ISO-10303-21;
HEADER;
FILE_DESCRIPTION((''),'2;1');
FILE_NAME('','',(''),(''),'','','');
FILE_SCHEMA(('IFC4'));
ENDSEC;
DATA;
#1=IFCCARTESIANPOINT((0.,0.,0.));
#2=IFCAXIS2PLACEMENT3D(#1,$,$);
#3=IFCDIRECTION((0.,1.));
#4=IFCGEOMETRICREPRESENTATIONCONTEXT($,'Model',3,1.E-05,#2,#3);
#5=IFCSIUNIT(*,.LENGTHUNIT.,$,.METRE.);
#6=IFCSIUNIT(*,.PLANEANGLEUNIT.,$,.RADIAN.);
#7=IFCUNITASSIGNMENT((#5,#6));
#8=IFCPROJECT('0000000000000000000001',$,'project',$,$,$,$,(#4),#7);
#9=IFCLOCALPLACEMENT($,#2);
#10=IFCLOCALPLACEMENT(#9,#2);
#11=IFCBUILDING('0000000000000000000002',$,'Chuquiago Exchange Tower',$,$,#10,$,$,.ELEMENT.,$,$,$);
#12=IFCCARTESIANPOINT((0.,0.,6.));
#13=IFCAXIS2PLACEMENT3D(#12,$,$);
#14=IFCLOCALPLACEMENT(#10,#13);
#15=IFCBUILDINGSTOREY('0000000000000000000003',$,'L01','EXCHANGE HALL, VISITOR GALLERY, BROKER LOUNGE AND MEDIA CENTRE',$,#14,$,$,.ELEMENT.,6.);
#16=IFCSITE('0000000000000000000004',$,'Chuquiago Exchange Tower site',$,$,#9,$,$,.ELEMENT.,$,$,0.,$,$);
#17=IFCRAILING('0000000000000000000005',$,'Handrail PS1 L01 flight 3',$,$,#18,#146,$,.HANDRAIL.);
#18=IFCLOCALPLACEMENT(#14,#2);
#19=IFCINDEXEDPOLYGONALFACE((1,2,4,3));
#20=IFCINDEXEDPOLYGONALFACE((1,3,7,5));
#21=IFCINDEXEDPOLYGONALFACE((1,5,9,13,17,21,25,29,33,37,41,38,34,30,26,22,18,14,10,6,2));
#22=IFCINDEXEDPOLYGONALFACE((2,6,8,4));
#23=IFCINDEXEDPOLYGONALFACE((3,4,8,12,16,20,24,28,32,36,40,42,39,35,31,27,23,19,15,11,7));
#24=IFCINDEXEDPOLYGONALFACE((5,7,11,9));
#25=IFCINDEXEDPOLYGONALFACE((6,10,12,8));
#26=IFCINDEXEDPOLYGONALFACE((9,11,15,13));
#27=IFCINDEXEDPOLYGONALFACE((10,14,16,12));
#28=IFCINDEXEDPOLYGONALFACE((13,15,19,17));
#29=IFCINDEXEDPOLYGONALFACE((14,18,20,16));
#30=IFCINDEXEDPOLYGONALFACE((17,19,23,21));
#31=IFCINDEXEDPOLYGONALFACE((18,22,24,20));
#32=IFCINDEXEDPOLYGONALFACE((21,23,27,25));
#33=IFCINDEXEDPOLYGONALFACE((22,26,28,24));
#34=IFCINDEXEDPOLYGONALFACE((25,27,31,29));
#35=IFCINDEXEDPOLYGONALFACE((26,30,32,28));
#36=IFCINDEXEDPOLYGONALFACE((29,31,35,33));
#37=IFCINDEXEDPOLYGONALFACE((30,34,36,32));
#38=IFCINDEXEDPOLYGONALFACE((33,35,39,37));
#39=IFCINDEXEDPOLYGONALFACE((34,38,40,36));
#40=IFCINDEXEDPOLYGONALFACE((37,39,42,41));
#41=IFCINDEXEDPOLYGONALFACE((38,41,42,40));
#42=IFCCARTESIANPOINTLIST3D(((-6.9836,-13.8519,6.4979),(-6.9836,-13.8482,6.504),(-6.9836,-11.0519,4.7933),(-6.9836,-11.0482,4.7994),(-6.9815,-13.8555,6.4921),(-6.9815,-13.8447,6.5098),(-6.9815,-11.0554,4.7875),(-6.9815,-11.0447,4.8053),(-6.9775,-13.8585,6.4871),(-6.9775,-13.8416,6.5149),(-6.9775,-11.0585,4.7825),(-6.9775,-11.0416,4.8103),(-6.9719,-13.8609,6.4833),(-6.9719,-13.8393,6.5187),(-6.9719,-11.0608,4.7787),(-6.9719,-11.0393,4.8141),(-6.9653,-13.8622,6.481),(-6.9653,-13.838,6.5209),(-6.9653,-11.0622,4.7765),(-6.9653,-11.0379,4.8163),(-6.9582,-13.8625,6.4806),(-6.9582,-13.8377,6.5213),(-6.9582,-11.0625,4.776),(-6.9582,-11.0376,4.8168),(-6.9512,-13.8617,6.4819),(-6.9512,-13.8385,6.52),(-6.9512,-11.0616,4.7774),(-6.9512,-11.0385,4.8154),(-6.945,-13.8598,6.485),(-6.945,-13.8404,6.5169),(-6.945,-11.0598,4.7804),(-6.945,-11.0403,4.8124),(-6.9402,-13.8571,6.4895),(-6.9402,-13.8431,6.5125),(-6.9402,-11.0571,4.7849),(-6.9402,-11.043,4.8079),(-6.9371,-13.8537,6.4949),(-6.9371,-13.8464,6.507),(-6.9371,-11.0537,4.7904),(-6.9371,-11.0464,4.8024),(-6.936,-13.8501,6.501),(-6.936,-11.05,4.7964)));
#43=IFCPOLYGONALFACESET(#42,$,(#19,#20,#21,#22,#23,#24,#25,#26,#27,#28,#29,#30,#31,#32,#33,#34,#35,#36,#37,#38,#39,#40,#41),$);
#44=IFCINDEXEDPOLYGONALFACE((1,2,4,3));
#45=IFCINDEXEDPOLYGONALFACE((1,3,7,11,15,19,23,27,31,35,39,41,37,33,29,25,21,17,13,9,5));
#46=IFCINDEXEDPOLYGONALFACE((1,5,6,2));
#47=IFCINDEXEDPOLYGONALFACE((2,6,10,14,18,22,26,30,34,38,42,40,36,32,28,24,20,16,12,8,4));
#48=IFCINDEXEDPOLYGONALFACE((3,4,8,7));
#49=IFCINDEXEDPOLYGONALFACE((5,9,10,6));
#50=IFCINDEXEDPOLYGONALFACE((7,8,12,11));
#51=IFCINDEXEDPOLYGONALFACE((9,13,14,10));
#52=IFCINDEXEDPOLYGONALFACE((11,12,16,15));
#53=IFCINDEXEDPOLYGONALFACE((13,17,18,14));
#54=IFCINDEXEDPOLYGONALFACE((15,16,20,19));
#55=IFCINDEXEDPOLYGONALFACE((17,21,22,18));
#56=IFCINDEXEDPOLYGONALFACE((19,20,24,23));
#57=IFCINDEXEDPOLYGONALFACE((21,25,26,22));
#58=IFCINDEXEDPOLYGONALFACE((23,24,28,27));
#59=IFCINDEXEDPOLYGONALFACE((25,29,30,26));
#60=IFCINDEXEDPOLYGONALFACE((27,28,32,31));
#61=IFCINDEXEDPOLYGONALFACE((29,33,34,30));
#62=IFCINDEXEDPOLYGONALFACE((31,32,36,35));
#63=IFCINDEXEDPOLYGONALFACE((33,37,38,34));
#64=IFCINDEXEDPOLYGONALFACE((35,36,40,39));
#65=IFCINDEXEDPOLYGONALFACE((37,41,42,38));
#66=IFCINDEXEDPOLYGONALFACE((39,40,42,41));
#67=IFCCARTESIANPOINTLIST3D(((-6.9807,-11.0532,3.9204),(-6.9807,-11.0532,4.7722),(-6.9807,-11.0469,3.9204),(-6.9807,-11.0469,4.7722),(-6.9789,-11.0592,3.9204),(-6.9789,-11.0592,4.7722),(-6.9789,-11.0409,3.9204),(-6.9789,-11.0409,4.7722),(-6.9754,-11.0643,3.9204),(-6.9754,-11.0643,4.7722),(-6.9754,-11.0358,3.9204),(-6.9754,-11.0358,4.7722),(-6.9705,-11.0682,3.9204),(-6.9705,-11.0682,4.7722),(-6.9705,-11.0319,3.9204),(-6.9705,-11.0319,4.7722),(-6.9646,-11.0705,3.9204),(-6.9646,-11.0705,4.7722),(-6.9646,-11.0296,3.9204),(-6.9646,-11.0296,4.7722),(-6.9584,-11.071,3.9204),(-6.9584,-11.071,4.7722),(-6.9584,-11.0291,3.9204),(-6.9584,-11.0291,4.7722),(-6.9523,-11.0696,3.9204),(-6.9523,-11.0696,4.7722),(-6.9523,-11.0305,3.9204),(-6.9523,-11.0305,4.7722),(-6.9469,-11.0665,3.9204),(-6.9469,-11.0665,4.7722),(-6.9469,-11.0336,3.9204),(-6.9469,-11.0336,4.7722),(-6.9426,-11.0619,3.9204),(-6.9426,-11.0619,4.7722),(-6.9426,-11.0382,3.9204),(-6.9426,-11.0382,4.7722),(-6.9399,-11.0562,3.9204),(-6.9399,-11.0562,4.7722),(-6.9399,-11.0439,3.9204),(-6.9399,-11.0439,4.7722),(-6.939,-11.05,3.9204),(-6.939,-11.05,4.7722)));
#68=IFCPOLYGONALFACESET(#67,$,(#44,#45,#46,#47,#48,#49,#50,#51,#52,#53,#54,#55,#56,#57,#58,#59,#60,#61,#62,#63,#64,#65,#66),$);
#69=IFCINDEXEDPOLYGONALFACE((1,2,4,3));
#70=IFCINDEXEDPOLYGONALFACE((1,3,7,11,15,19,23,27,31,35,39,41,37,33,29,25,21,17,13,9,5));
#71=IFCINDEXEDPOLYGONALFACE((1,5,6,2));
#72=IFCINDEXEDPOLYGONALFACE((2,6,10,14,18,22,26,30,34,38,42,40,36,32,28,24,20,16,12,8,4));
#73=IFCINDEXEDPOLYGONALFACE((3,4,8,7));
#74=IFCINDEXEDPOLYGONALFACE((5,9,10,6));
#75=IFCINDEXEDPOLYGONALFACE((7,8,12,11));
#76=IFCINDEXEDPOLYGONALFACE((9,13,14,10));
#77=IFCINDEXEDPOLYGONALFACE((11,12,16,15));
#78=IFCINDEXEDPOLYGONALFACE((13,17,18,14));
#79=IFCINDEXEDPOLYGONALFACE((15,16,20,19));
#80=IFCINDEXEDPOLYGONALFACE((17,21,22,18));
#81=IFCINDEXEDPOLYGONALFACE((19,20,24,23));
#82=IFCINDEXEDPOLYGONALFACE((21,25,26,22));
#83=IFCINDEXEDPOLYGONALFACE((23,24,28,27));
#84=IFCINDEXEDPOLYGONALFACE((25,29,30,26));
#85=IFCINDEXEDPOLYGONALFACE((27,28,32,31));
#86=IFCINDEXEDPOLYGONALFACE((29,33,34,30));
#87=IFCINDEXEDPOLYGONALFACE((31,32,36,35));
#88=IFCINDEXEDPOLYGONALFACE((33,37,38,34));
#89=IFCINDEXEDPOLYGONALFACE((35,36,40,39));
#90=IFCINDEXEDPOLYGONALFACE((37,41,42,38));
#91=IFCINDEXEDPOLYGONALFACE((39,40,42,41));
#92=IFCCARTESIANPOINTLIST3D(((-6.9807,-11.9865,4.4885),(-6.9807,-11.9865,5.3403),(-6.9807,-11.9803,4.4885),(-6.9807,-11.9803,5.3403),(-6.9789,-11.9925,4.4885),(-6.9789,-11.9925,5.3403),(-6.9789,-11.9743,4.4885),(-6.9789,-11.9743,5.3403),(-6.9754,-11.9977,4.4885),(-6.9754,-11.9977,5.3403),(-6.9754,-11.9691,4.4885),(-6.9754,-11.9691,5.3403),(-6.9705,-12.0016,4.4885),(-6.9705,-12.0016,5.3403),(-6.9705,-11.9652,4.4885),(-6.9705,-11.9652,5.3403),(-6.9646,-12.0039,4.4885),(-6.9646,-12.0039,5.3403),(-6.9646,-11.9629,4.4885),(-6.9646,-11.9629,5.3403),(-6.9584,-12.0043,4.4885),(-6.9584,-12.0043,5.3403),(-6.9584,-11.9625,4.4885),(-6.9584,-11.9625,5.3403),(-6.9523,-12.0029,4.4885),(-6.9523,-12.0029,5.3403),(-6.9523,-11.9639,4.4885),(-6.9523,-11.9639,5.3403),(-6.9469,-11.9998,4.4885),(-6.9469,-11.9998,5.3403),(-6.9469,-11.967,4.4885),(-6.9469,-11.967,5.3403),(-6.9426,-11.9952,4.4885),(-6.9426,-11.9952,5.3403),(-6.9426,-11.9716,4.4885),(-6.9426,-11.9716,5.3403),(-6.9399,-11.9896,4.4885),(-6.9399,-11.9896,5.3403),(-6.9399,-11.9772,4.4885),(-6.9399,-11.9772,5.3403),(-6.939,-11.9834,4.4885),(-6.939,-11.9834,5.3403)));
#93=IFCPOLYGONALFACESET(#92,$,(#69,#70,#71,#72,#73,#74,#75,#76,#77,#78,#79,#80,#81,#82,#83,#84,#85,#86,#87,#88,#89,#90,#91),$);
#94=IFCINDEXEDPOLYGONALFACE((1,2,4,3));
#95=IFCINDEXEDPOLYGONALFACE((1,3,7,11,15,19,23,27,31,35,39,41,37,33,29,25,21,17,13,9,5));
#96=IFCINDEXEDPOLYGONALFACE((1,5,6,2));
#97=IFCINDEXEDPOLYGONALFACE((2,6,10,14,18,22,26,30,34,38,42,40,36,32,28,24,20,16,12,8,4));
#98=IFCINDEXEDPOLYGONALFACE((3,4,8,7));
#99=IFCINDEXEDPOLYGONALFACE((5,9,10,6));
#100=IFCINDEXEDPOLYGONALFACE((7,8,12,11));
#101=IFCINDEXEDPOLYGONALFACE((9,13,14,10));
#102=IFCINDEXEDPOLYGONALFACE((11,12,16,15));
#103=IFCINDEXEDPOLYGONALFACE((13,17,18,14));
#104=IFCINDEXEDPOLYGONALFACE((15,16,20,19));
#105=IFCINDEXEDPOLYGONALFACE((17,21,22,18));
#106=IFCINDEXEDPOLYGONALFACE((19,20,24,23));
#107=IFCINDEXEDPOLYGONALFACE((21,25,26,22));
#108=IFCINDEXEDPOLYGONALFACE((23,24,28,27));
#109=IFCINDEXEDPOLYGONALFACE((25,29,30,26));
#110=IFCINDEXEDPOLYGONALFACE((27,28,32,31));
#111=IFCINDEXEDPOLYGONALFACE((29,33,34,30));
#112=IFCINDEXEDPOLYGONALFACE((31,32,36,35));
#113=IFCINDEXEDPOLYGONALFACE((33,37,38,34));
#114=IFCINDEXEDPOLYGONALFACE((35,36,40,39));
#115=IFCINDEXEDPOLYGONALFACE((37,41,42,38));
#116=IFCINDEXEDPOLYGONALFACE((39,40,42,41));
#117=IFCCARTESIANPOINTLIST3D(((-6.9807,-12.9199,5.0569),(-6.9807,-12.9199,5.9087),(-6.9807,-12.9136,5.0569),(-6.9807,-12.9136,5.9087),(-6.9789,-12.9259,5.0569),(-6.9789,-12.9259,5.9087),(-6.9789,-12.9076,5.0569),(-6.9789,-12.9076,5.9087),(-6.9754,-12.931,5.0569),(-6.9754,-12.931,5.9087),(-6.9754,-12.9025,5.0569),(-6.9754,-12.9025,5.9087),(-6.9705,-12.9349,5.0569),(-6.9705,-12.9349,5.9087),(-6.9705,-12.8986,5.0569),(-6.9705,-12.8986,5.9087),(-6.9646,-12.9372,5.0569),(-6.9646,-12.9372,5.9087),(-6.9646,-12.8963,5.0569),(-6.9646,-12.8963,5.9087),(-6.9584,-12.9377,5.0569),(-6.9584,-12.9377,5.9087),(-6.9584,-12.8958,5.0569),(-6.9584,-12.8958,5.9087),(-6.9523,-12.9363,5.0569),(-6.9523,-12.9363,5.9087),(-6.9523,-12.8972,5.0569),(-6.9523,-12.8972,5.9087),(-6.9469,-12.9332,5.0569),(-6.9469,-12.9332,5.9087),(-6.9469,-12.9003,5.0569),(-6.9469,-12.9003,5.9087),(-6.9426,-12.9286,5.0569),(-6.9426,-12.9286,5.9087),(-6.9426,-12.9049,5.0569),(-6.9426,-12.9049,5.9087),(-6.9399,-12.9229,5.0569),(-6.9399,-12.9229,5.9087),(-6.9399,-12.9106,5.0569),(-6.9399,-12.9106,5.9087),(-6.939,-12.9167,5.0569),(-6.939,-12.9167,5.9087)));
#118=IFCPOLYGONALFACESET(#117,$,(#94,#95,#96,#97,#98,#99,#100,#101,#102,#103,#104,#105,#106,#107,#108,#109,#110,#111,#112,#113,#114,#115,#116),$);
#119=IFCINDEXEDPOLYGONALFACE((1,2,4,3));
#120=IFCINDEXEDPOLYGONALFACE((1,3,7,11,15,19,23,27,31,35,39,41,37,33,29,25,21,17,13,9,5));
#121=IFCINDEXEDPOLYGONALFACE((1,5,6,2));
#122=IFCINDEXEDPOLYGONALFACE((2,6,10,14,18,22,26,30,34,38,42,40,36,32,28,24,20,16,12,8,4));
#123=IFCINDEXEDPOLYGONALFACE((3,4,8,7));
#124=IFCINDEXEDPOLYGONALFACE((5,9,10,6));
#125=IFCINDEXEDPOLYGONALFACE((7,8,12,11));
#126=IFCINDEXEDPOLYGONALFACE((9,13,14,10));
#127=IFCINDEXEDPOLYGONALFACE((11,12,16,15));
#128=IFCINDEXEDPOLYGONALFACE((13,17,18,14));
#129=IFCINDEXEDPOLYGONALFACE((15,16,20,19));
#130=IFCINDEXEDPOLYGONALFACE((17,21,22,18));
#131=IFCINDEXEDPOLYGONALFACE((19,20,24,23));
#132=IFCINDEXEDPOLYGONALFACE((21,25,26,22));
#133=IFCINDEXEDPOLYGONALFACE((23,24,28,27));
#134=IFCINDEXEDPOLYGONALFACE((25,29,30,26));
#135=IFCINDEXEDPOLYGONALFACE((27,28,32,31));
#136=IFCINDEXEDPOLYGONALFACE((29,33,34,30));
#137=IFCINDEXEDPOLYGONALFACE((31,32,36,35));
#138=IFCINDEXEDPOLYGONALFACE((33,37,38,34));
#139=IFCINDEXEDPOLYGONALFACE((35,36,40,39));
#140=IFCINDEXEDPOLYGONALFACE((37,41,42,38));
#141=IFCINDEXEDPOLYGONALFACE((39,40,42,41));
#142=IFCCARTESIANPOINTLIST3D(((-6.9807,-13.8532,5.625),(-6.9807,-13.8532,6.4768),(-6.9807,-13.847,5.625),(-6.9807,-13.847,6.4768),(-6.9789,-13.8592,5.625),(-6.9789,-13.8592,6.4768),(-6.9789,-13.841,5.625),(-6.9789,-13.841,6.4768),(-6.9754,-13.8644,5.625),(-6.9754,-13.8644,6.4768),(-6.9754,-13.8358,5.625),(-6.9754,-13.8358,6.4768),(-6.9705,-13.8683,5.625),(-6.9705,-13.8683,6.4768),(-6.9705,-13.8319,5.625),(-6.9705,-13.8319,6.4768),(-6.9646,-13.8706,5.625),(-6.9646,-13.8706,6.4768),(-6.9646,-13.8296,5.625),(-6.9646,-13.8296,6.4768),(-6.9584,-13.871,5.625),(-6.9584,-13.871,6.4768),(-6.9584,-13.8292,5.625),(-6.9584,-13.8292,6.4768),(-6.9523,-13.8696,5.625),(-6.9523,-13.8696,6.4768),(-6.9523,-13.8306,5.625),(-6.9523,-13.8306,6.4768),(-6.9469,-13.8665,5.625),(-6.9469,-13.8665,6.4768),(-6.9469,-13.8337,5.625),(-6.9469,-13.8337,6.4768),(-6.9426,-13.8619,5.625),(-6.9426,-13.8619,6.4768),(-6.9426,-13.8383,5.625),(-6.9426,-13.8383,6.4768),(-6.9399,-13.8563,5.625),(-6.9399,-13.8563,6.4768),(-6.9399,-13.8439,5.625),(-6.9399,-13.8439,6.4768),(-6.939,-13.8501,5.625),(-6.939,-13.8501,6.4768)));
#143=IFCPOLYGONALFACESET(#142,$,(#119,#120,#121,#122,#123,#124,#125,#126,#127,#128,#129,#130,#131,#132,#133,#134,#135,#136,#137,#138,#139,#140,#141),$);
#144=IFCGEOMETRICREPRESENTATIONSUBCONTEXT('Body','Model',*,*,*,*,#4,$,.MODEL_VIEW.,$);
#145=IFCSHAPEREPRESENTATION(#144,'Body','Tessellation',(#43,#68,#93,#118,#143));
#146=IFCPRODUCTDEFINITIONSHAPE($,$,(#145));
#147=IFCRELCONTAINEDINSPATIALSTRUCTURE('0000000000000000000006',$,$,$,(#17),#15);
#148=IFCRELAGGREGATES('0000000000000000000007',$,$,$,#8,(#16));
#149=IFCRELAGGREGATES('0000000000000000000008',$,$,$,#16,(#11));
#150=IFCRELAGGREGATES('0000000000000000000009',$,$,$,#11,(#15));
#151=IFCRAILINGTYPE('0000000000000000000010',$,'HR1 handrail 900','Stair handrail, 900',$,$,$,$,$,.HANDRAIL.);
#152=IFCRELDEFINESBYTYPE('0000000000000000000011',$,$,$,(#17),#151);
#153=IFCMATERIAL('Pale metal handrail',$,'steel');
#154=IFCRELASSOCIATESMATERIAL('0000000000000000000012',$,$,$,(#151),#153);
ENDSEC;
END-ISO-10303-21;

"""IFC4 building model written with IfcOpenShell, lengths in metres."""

from ifc_helpers import new_model, si_unit, direction, frame, origin, origin_2d, place, context, subcontext, project, spatial, circle, extrude, material, type_object, element, save


model = new_model("IFC4")

# Units and contexts
model_context = context("Model", 3, precision=1e-05, world=origin(), true_north=direction((0.0, 1.0)))
body_context = subcontext(model_context, "Body", "Model", "MODEL_VIEW")
ifc_project = project(units=[si_unit("LENGTHUNIT", "METRE"), si_unit("PLANEANGLEUNIT", "RADIAN")], contexts=[model_context])

# Site, building, storey
site_placement = place(None, origin())
site = spatial("IfcSite", under=ifc_project, at=site_placement, Name="Chuquiago Exchange Tower site", CompositionType="ELEMENT", RefElevation=0.0)
building_placement = place(site_placement, origin())
building = spatial("IfcBuilding", under=site, at=building_placement, Name="Chuquiago Exchange Tower", CompositionType="ELEMENT")
storey_placement = place(building_placement, frame((0.0, 0.0, 6.0)))
storey = spatial("IfcBuildingStorey", under=building, at=storey_placement, Name="L01", Description="EXCHANGE HALL, VISITOR GALLERY, BROKER LOUNGE AND MEDIA CENTRE", CompositionType="ELEMENT", Elevation=6.0)

# Railing
ifc_material_1 = material(Name="Pale metal handrail", Category="steel")
railing_type = type_object("IfcRailingType", Name="HR1 handrail 900", Description="Stair handrail, 900", PredefinedType="HANDRAIL", material=ifc_material_1)
for number, where, name in (
    (1, (-6.96, -11.05, 3.9204), "Handrail PS1 L01 flight 3"),
):
    element("IfcRailing", number, at=place(storey_placement, frame(where)), inside=storey, type_object=railing_type, Name=name, PredefinedType="HANDRAIL", context=body_context, shape_type="SweptSolid", body=[
        extrude(circle(Radius=0.0239, at=origin_2d()), frame((0.0, 0.0, 0.876), z_axis=(0.0, -0.85417, 0.519994), x_axis=(1.0, 0.0, 0.0)), (0.0, 0.0, 1.0), 3.2781),
        extrude(circle(Radius=0.021, at=origin_2d()), origin(), (0.0, 0.0, 1.0), 0.8518),
        extrude(circle(Radius=0.021, at=origin_2d()), frame((0.0, -0.9333, 0.5681)), (0.0, 0.0, 1.0), 0.8518),
        extrude(circle(Radius=0.021, at=origin_2d()), frame((0.0, -1.8667, 1.1365)), (0.0, 0.0, 1.0), 0.8518),
        extrude(circle(Radius=0.021, at=origin_2d()), frame((0.0, -2.8, 1.7046)), (0.0, 0.0, 1.0), 0.8518),
    ])

save(model, "model.ifc")
